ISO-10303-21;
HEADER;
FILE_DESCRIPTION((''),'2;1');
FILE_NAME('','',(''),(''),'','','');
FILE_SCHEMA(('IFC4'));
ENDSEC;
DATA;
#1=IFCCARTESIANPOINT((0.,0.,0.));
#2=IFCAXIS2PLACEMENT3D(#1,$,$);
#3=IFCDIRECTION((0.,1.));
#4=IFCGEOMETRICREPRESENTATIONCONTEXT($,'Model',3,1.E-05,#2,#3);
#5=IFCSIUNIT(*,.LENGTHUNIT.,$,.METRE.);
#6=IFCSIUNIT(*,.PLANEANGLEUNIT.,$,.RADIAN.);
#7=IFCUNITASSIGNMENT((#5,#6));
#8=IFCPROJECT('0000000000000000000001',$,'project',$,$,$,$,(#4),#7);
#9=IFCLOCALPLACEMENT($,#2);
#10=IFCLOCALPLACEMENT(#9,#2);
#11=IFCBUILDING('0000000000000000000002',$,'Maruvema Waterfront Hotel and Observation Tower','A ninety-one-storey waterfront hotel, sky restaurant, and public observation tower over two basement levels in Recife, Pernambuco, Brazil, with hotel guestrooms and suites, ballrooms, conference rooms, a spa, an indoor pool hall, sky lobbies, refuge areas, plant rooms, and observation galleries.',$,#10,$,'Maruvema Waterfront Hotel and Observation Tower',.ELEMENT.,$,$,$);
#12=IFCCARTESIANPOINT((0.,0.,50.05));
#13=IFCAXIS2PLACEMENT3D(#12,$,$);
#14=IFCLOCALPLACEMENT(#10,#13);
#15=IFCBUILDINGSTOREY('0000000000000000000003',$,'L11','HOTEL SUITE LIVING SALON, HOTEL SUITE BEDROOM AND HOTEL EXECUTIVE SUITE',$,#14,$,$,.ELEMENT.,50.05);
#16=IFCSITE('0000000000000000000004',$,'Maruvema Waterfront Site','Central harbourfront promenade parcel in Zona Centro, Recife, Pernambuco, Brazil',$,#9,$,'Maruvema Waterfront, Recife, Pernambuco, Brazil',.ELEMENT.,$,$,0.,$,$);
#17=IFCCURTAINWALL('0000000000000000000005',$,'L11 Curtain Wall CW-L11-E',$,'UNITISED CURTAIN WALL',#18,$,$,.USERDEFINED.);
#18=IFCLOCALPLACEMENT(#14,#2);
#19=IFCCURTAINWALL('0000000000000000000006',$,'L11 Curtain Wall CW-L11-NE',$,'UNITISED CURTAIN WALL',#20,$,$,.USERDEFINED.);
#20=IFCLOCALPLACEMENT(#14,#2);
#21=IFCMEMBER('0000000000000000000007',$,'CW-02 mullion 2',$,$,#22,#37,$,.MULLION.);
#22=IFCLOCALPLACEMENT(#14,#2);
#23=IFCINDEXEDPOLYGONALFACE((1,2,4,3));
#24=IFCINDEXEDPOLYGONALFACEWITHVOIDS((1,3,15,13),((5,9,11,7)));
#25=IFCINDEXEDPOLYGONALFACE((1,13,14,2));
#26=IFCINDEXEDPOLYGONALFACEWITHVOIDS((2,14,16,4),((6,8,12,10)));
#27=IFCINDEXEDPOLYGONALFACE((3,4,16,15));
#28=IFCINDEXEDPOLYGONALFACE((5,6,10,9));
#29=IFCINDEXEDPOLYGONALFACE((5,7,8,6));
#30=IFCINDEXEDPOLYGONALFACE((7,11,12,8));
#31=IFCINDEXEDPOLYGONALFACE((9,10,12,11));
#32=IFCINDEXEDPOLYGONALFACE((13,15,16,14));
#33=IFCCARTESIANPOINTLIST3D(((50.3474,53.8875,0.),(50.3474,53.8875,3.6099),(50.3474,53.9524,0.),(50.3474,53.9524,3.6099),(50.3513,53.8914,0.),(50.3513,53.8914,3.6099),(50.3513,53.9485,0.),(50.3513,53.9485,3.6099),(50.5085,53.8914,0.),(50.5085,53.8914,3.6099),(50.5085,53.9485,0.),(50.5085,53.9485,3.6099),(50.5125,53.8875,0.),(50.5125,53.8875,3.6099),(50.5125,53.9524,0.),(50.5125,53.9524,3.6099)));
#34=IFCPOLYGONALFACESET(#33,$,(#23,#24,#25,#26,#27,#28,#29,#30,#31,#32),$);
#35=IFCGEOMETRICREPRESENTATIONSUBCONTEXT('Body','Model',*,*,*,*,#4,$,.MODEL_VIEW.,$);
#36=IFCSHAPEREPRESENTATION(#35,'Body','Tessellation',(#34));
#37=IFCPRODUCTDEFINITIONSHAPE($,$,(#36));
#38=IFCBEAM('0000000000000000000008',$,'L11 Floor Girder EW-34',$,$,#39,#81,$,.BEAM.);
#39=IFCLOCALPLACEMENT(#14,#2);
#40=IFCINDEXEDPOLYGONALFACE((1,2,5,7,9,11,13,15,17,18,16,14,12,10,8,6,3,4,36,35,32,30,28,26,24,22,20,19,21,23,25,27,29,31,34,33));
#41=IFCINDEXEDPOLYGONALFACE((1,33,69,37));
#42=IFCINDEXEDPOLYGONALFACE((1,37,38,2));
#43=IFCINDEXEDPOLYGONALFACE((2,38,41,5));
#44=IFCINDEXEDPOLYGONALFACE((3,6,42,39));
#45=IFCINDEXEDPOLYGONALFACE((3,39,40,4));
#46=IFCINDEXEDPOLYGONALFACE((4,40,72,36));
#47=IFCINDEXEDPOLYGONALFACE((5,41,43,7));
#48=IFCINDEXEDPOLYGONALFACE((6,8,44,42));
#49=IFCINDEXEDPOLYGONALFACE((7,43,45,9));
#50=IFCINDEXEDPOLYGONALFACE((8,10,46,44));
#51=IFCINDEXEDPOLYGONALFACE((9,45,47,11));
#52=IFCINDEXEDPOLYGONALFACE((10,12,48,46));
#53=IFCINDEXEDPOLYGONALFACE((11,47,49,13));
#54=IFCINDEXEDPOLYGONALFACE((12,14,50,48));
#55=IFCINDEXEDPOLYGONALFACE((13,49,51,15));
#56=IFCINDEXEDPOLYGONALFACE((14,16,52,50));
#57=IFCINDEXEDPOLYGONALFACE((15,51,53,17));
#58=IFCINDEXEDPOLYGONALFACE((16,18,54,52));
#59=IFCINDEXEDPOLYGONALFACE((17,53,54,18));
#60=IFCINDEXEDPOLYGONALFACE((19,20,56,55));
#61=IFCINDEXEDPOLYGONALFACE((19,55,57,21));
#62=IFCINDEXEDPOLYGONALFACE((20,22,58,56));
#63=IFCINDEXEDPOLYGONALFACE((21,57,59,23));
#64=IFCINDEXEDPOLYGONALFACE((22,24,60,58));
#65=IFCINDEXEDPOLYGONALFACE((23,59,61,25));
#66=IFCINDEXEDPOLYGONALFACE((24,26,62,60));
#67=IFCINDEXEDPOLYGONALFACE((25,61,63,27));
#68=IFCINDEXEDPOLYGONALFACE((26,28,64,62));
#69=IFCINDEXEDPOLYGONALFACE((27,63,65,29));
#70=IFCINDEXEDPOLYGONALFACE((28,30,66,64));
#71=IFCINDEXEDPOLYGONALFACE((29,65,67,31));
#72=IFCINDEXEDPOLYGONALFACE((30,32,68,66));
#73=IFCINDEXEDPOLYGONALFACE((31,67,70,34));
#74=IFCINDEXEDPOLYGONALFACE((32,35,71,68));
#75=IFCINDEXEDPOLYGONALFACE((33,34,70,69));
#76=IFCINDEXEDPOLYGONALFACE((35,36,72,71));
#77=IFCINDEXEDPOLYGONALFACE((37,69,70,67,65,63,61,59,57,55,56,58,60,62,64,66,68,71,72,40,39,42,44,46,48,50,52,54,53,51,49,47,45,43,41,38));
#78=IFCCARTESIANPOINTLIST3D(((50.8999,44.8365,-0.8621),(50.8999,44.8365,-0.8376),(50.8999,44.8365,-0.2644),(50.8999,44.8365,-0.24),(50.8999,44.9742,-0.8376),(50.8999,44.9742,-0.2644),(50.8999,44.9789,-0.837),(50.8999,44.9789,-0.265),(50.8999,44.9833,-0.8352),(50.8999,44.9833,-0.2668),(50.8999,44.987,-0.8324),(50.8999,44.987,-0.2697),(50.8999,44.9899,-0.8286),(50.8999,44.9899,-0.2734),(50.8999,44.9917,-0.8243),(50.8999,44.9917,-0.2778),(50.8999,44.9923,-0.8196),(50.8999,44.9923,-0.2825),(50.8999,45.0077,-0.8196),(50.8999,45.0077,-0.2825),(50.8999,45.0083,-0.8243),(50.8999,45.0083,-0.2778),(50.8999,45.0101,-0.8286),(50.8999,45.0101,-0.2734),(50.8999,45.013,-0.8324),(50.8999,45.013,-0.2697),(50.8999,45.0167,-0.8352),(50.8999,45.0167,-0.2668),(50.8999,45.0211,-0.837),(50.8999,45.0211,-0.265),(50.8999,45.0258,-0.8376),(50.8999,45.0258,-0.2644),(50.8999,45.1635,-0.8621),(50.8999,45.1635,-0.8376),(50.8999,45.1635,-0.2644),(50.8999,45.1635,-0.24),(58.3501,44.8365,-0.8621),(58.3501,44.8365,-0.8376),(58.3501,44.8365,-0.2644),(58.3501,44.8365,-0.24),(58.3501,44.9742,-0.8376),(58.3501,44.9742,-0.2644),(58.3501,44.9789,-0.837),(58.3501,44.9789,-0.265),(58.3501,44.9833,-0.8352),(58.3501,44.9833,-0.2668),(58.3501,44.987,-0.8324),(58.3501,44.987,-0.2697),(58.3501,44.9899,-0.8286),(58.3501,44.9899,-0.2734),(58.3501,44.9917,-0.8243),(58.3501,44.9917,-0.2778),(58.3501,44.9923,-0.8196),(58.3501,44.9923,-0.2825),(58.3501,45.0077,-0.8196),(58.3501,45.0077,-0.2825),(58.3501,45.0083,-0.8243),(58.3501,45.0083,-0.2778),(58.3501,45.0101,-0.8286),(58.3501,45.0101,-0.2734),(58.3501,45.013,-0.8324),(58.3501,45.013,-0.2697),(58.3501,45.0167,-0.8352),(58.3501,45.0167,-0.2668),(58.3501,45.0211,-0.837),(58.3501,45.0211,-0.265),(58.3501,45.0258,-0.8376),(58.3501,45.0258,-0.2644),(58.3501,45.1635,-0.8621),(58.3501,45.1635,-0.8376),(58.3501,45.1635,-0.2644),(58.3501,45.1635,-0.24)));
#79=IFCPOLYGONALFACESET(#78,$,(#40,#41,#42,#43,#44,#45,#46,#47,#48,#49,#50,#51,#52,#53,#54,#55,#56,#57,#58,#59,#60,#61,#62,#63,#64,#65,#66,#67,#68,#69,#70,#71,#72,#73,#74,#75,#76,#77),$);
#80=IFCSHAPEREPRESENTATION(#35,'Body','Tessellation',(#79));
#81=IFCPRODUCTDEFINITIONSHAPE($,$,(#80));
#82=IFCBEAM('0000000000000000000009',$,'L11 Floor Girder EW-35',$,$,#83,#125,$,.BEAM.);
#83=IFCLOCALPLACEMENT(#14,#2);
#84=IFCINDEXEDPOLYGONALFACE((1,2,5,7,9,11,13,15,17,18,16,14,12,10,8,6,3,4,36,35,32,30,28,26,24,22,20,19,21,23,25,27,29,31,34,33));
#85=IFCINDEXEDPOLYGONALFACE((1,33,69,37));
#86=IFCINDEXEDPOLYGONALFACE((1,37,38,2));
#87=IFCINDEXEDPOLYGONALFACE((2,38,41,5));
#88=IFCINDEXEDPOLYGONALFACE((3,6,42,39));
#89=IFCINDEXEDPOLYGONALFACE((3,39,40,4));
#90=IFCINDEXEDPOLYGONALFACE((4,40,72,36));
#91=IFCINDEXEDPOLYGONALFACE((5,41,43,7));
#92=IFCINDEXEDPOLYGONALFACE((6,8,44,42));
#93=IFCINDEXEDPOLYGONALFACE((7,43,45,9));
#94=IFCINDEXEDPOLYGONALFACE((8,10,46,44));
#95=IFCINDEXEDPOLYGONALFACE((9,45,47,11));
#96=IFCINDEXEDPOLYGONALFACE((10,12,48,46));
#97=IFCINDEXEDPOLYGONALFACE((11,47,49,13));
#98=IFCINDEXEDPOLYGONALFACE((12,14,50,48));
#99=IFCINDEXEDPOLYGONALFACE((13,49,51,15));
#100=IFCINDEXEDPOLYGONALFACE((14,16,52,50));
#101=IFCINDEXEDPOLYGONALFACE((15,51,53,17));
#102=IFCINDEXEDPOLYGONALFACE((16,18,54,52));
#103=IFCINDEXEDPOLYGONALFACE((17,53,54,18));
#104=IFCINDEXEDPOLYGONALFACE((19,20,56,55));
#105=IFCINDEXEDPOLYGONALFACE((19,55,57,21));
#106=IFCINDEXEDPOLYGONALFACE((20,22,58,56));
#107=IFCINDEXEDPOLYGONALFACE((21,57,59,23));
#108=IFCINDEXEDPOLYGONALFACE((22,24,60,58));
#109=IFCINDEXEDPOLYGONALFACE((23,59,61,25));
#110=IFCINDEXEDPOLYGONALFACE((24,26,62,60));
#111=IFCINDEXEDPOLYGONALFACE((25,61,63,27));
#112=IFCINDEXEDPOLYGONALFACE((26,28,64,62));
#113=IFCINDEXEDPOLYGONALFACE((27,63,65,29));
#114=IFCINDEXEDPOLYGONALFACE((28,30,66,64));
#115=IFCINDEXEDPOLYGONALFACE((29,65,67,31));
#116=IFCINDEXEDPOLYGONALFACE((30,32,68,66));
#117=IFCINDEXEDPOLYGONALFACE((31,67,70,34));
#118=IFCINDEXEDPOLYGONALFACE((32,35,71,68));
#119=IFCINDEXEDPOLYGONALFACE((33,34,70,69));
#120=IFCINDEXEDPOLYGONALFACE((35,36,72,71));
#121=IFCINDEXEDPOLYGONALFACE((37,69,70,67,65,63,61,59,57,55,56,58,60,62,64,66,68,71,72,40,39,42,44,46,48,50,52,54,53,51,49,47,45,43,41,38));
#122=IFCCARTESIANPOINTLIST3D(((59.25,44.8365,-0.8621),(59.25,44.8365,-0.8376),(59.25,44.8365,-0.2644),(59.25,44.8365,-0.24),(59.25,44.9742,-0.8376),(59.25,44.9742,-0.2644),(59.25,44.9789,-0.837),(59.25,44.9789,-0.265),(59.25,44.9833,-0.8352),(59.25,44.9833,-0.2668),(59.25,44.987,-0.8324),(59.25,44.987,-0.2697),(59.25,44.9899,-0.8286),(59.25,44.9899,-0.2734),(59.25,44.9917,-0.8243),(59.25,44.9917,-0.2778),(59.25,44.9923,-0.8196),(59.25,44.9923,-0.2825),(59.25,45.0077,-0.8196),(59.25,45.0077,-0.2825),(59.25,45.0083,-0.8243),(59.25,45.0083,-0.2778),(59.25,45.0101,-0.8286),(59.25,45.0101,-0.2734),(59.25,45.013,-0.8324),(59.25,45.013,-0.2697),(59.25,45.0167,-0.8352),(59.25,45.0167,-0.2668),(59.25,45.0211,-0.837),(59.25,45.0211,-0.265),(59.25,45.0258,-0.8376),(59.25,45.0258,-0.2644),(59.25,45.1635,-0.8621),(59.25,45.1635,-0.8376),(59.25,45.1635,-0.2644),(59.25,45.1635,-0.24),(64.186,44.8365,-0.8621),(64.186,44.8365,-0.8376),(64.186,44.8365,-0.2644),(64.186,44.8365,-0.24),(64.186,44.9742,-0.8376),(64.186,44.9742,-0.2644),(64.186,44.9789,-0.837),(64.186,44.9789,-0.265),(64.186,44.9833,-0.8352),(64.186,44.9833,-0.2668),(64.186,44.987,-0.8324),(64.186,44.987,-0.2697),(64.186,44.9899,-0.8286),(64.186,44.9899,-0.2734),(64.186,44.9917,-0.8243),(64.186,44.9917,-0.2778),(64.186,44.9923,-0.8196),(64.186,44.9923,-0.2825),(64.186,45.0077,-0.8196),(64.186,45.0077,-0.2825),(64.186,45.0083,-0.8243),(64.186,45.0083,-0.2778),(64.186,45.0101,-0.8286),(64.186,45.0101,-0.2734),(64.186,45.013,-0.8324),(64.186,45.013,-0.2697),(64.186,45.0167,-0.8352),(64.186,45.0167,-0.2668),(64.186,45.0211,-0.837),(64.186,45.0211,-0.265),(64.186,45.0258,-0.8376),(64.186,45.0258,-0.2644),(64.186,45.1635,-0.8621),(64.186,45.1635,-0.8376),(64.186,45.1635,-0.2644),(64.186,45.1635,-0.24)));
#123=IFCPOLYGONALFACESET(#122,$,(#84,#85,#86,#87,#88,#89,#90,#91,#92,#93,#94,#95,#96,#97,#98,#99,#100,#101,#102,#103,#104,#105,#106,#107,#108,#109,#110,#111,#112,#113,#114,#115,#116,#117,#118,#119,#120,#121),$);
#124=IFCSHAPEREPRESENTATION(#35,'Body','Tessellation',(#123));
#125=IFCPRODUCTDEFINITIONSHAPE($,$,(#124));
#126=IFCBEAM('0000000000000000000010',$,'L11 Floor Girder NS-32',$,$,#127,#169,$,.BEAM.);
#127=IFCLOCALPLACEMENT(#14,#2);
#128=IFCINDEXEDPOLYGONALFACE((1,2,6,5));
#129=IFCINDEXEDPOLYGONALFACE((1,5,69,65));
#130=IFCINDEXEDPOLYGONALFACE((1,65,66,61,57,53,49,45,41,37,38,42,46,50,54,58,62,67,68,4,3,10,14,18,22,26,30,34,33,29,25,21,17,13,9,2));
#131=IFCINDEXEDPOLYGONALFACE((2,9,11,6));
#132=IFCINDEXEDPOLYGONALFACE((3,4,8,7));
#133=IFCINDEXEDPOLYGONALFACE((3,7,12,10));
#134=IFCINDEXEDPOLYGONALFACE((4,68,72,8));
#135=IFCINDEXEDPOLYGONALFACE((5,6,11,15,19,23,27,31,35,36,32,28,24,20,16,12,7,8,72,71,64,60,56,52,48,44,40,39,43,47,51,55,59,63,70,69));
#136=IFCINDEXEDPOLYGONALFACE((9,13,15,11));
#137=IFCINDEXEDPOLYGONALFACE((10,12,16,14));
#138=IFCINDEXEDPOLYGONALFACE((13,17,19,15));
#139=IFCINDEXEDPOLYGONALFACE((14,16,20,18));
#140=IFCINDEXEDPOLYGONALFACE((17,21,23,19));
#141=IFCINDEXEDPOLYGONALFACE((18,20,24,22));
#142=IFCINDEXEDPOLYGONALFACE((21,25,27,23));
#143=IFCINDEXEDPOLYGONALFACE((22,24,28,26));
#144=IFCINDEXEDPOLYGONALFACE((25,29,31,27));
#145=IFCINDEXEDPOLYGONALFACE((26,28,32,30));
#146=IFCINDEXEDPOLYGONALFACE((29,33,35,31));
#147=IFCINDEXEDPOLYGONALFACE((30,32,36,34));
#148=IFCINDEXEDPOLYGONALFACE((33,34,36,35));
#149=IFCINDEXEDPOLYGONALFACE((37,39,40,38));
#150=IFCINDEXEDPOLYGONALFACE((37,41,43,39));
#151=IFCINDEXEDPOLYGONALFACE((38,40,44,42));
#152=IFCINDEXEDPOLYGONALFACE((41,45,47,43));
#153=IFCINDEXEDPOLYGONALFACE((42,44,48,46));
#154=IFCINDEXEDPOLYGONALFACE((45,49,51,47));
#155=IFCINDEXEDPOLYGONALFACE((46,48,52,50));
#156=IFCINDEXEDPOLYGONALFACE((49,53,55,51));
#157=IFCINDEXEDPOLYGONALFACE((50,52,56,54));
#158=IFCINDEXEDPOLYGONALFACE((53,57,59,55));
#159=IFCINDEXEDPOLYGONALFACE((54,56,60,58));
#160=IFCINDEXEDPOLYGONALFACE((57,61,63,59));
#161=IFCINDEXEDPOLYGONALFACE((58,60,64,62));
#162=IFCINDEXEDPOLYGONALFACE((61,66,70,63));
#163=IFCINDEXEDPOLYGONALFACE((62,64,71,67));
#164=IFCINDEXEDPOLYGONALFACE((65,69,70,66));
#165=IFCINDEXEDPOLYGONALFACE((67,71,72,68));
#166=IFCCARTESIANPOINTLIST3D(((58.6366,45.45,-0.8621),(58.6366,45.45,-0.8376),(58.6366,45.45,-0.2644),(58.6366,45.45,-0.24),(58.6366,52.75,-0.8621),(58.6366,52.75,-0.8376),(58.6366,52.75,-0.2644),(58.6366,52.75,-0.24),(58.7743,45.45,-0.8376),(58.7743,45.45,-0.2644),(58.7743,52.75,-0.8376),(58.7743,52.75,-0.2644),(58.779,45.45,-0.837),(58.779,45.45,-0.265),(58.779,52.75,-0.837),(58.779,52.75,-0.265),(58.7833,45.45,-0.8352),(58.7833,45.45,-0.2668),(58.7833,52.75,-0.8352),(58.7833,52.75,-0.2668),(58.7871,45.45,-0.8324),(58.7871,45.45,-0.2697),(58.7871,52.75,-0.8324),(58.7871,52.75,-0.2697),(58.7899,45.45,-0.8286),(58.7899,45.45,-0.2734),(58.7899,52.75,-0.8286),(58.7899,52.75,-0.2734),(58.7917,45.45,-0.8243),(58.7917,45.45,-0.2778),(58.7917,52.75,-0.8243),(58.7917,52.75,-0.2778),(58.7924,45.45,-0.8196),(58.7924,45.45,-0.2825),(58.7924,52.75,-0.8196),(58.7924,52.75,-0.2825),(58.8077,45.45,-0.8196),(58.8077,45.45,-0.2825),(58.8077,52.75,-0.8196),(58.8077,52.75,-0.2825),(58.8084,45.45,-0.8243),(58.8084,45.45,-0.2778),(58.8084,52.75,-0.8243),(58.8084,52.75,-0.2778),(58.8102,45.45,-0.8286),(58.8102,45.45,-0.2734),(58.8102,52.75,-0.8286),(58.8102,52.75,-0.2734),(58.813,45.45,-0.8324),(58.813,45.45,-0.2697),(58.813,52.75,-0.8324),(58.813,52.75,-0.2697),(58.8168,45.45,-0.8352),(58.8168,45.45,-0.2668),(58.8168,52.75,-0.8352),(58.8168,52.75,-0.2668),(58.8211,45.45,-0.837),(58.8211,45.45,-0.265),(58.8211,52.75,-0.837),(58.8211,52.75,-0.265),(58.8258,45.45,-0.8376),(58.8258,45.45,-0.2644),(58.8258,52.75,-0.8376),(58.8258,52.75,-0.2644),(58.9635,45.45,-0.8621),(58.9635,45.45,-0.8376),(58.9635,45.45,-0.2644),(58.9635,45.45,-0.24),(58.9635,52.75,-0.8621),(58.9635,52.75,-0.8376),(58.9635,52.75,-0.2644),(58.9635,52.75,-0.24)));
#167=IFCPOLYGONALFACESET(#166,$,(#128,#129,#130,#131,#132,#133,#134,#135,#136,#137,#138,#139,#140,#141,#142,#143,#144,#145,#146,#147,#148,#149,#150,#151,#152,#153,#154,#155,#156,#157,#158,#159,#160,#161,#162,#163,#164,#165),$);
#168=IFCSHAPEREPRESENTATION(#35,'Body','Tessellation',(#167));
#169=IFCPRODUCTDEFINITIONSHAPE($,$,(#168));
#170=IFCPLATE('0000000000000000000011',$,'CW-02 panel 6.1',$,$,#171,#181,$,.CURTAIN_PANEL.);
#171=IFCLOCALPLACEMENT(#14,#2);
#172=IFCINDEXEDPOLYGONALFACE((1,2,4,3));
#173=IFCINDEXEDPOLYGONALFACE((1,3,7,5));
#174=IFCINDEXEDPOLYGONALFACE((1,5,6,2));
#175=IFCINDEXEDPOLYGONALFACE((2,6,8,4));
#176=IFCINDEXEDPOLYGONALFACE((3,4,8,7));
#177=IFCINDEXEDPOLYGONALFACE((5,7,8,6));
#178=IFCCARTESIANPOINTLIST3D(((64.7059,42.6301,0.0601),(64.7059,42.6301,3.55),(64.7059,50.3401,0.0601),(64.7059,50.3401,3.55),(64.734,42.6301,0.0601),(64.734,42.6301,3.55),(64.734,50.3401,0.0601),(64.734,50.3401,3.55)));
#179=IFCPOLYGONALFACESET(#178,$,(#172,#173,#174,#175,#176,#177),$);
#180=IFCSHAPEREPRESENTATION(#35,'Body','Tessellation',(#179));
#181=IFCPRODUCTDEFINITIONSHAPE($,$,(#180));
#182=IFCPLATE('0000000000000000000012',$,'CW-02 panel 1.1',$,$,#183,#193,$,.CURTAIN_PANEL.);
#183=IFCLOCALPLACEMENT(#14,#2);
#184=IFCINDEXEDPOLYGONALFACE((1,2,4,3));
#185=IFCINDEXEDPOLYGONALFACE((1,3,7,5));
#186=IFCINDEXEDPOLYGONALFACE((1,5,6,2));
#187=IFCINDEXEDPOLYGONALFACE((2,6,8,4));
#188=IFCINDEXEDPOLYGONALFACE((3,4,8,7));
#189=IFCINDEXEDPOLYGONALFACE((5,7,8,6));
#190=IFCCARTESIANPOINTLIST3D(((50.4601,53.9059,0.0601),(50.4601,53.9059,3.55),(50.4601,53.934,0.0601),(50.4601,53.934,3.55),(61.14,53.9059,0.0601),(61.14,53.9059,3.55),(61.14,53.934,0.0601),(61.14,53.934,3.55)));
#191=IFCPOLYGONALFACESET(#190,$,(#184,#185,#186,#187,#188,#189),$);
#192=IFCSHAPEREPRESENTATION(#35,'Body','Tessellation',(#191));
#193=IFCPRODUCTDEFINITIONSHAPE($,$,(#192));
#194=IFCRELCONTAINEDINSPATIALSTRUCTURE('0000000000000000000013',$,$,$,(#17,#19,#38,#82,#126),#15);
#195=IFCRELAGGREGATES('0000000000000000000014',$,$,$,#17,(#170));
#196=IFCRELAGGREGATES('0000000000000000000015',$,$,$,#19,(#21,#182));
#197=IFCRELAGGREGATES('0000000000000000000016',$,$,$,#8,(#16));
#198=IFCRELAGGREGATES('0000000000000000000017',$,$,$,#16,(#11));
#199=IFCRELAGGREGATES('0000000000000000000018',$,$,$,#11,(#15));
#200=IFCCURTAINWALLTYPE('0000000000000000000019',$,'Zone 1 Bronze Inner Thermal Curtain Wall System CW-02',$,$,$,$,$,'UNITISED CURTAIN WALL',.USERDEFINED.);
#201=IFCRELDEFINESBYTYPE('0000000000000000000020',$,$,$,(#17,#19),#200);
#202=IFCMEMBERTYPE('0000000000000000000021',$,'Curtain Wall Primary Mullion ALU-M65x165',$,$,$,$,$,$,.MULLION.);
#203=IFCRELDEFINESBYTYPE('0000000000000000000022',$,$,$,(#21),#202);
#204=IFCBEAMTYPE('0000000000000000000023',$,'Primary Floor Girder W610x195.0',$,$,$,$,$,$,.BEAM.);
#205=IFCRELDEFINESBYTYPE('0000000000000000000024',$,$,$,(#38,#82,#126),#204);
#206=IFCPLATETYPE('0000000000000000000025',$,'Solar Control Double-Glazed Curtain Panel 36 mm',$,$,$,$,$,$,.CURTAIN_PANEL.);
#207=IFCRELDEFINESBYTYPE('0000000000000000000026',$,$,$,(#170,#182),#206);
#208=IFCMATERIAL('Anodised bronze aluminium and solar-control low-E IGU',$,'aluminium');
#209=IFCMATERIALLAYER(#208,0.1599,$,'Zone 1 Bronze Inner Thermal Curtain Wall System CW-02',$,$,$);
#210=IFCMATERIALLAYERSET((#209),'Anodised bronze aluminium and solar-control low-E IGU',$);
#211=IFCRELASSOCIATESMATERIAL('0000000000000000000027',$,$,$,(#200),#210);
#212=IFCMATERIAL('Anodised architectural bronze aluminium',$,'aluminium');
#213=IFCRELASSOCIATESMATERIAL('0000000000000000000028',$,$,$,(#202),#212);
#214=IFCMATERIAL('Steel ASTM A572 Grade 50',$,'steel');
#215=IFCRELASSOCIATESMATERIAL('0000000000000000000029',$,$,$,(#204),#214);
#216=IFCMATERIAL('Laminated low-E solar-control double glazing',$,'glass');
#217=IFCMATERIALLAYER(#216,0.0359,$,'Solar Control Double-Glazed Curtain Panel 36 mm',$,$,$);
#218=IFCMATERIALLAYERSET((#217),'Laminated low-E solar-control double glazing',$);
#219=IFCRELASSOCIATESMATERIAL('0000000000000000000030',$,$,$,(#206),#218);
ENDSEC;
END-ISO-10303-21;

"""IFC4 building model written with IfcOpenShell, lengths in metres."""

from ifc_helpers import new_model, si_unit, direction, frame, origin, origin_2d, place, context, subcontext, project, spatial, rectangle, hollow_rectangle, i_section, extrude, material, layer, layer_set, material_profile, profile_set, type_object, element, aggregate, save


model = new_model("IFC4")

# Units and contexts
model_context = context("Model", 3, precision=1e-05, world=origin(), true_north=direction((0.0, 1.0)))
body_context = subcontext(model_context, "Body", "Model", "MODEL_VIEW")
ifc_project = project(units=[si_unit("LENGTHUNIT", "METRE"), si_unit("PLANEANGLEUNIT", "RADIAN")], contexts=[model_context])

# Site, building, storey
site_placement = place(None, origin())
site = spatial("IfcSite", under=ifc_project, at=site_placement, Name="Maruvema Waterfront Site", Description="Central harbourfront promenade parcel in Zona Centro, Recife, Pernambuco, Brazil", LongName="Maruvema Waterfront, Recife, Pernambuco, Brazil", CompositionType="ELEMENT", RefElevation=0.0)
building_placement = place(site_placement, origin())
building = spatial("IfcBuilding", under=site, at=building_placement, Name="Maruvema Waterfront Hotel and Observation Tower", Description="A ninety-one-storey waterfront hotel, sky restaurant, and public observation tower over two basement levels in Recife, Pernambuco, Brazil, with hotel guestrooms and suites, ballrooms, conference rooms, a spa, an indoor pool hall, sky lobbies, refuge areas, plant rooms, and observation galleries.", LongName="Maruvema Waterfront Hotel and Observation Tower", CompositionType="ELEMENT")
storey_placement = place(building_placement, frame((0.0, 0.0, 50.05)))
storey = spatial("IfcBuildingStorey", under=building, at=storey_placement, Name="L11", Description="HOTEL SUITE LIVING SALON, HOTEL SUITE BEDROOM AND HOTEL EXECUTIVE SUITE", CompositionType="ELEMENT", Elevation=50.05)

# Curtain walls
ifc_material_1 = material(Name="Anodised bronze aluminium and solar-control low-E IGU", Category="aluminium")
ifc_layer_1 = layer(ifc_material_1, 0.1599, Name="Zone 1 Bronze Inner Thermal Curtain Wall System CW-02")
ifc_layer_set_1 = layer_set([ifc_layer_1], Name="Anodised bronze aluminium and solar-control low-E IGU")
curtain_wall_type = type_object("IfcCurtainWallType", Name="Zone 1 Bronze Inner Thermal Curtain Wall System CW-02", ElementType="UNITISED CURTAIN WALL", PredefinedType="USERDEFINED", material=ifc_layer_set_1)
curtain_wall_1_placement = place(storey_placement, origin())
curtain_wall_1 = element("IfcCurtainWall", 1, at=curtain_wall_1_placement, inside=storey, type_object=curtain_wall_type, Name="L11 Curtain Wall CW-L11-E", ObjectType="UNITISED CURTAIN WALL", PredefinedType="USERDEFINED")
curtain_wall_2_placement = place(storey_placement, origin())
curtain_wall_2 = element("IfcCurtainWall", 2, at=curtain_wall_2_placement, inside=storey, type_object=curtain_wall_type, Name="L11 Curtain Wall CW-L11-NE", ObjectType="UNITISED CURTAIN WALL", PredefinedType="USERDEFINED")

# Member
ifc_material_2 = material(Name="Anodised architectural bronze aluminium", Category="aluminium")
ifc_material_profile_1 = material_profile(ifc_material_2, hollow_rectangle(XDim=0.0649, YDim=0.165, WallThickness=0.0039, at=origin_2d()), Name="ALU-M65x165")
ifc_profile_set_1 = profile_set([ifc_material_profile_1], Name="Anodised architectural bronze aluminium")
member_type_1 = type_object("IfcMemberType", Name="Curtain Wall Primary Mullion ALU-M65x165", PredefinedType="MULLION", material=ifc_profile_set_1)
member_1_placement = place(storey_placement, frame((50.4299, 53.9199, 0.0), z_axis=(0.0, 0.0, 1.0), x_axis=(0.0, -1.0, 0.0)))
member_1 = element("IfcMember", 3, at=member_1_placement, type_object=member_type_1, Name="CW-02 mullion 2", PredefinedType="MULLION", context=body_context, shape_type="SweptSolid", body=[
    extrude(hollow_rectangle(XDim=0.0649, YDim=0.165, WallThickness=0.0039, at=origin_2d()), origin(), (0.0, 0.0, 1.0), 3.6099),
])

# Beams
ifc_material_3 = material(Name="Steel ASTM A572 Grade 50", Category="steel")
ifc_material_profile_2 = material_profile(ifc_material_3, i_section(OverallWidth=0.3269, OverallDepth=0.6221, WebThickness=0.0154, FlangeThickness=0.0244, FilletRadius=0.0181, at=origin_2d()), Name="W610x195.0")
ifc_profile_set_2 = profile_set([ifc_material_profile_2], Name="Steel ASTM A572 Grade 50")
beam_type = type_object("IfcBeamType", Name="Primary Floor Girder W610x195.0", PredefinedType="BEAM", material=ifc_profile_set_2)
beam_1_placement = place(storey_placement, frame((50.8999, 45.0, -0.551), z_axis=(1.0, 0.0, 0.0), x_axis=(0.0, 1.0, 0.0)))
element("IfcBeam", 4, at=beam_1_placement, inside=storey, type_object=beam_type, Name="L11 Floor Girder EW-34", PredefinedType="BEAM", context=body_context, shape_type="SweptSolid", body=[
    extrude(i_section(OverallWidth=0.3269, OverallDepth=0.6221, WebThickness=0.0154, FlangeThickness=0.0244, FilletRadius=0.0181, at=origin_2d()), origin(), (0.0, 0.0, 1.0), 7.4502),
])
beam_2_placement = place(storey_placement, frame((59.25, 45.0, -0.551), z_axis=(1.0, 0.0, 0.0), x_axis=(0.0, 1.0, 0.0)))
element("IfcBeam", 5, at=beam_2_placement, inside=storey, type_object=beam_type, Name="L11 Floor Girder EW-35", PredefinedType="BEAM", context=body_context, shape_type="SweptSolid", body=[
    extrude(i_section(OverallWidth=0.3269, OverallDepth=0.6221, WebThickness=0.0154, FlangeThickness=0.0244, FilletRadius=0.0181, at=origin_2d()), origin(), (0.0, 0.0, 1.0), 4.936),
])
beam_3_placement = place(storey_placement, frame((58.8, 45.45, -0.551), z_axis=(0.0, 1.0, 0.0), x_axis=(-1.0, 0.0, 0.0)))
element("IfcBeam", 6, at=beam_3_placement, inside=storey, type_object=beam_type, Name="L11 Floor Girder NS-32", PredefinedType="BEAM", context=body_context, shape_type="SweptSolid", body=[
    extrude(i_section(OverallWidth=0.3269, OverallDepth=0.6221, WebThickness=0.0154, FlangeThickness=0.0244, FilletRadius=0.0181, at=origin_2d()), origin(), (0.0, 0.0, 1.0), 7.3),
])

# Plates
ifc_material_4 = material(Name="Laminated low-E solar-control double glazing", Category="glass")
ifc_layer_2 = layer(ifc_material_4, 0.0359, Name="Solar Control Double-Glazed Curtain Panel 36 mm")
ifc_layer_set_2 = layer_set([ifc_layer_2], Name="Laminated low-E solar-control double glazing")
plate_type_1 = type_object("IfcPlateType", Name="Solar Control Double-Glazed Curtain Panel 36 mm", PredefinedType="CURTAIN_PANEL", material=ifc_layer_set_2)
plate_1_placement = place(storey_placement, frame((64.72, 46.4851, 0.0601), z_axis=(0.0, 0.0, 1.0), x_axis=(0.0, 1.0, 0.0)))
plate_1 = element("IfcPlate", 7, at=plate_1_placement, type_object=plate_type_1, Name="CW-02 panel 6.1", PredefinedType="CURTAIN_PANEL", context=body_context, shape_type="SweptSolid", body=[
    extrude(rectangle(XDim=7.71, YDim=0.0281, at=origin_2d()), origin(), (0.0, 0.0, 1.0), 3.49),
])
aggregate(curtain_wall_1, [plate_1])
plate_2_placement = place(storey_placement, frame((55.8, 53.9199, 0.0601), z_axis=(0.0, 0.0, 1.0), x_axis=(-1.0, 0.0, 0.0)))
plate_2 = element("IfcPlate", 8, at=plate_2_placement, type_object=plate_type_1, Name="CW-02 panel 1.1", PredefinedType="CURTAIN_PANEL", context=body_context, shape_type="SweptSolid", body=[
    extrude(rectangle(XDim=10.6799, YDim=0.0281, at=origin_2d()), origin(), (0.0, 0.0, 1.0), 3.49),
])
aggregate(curtain_wall_2, [member_1, plate_2])

save(model, "model.ifc")
